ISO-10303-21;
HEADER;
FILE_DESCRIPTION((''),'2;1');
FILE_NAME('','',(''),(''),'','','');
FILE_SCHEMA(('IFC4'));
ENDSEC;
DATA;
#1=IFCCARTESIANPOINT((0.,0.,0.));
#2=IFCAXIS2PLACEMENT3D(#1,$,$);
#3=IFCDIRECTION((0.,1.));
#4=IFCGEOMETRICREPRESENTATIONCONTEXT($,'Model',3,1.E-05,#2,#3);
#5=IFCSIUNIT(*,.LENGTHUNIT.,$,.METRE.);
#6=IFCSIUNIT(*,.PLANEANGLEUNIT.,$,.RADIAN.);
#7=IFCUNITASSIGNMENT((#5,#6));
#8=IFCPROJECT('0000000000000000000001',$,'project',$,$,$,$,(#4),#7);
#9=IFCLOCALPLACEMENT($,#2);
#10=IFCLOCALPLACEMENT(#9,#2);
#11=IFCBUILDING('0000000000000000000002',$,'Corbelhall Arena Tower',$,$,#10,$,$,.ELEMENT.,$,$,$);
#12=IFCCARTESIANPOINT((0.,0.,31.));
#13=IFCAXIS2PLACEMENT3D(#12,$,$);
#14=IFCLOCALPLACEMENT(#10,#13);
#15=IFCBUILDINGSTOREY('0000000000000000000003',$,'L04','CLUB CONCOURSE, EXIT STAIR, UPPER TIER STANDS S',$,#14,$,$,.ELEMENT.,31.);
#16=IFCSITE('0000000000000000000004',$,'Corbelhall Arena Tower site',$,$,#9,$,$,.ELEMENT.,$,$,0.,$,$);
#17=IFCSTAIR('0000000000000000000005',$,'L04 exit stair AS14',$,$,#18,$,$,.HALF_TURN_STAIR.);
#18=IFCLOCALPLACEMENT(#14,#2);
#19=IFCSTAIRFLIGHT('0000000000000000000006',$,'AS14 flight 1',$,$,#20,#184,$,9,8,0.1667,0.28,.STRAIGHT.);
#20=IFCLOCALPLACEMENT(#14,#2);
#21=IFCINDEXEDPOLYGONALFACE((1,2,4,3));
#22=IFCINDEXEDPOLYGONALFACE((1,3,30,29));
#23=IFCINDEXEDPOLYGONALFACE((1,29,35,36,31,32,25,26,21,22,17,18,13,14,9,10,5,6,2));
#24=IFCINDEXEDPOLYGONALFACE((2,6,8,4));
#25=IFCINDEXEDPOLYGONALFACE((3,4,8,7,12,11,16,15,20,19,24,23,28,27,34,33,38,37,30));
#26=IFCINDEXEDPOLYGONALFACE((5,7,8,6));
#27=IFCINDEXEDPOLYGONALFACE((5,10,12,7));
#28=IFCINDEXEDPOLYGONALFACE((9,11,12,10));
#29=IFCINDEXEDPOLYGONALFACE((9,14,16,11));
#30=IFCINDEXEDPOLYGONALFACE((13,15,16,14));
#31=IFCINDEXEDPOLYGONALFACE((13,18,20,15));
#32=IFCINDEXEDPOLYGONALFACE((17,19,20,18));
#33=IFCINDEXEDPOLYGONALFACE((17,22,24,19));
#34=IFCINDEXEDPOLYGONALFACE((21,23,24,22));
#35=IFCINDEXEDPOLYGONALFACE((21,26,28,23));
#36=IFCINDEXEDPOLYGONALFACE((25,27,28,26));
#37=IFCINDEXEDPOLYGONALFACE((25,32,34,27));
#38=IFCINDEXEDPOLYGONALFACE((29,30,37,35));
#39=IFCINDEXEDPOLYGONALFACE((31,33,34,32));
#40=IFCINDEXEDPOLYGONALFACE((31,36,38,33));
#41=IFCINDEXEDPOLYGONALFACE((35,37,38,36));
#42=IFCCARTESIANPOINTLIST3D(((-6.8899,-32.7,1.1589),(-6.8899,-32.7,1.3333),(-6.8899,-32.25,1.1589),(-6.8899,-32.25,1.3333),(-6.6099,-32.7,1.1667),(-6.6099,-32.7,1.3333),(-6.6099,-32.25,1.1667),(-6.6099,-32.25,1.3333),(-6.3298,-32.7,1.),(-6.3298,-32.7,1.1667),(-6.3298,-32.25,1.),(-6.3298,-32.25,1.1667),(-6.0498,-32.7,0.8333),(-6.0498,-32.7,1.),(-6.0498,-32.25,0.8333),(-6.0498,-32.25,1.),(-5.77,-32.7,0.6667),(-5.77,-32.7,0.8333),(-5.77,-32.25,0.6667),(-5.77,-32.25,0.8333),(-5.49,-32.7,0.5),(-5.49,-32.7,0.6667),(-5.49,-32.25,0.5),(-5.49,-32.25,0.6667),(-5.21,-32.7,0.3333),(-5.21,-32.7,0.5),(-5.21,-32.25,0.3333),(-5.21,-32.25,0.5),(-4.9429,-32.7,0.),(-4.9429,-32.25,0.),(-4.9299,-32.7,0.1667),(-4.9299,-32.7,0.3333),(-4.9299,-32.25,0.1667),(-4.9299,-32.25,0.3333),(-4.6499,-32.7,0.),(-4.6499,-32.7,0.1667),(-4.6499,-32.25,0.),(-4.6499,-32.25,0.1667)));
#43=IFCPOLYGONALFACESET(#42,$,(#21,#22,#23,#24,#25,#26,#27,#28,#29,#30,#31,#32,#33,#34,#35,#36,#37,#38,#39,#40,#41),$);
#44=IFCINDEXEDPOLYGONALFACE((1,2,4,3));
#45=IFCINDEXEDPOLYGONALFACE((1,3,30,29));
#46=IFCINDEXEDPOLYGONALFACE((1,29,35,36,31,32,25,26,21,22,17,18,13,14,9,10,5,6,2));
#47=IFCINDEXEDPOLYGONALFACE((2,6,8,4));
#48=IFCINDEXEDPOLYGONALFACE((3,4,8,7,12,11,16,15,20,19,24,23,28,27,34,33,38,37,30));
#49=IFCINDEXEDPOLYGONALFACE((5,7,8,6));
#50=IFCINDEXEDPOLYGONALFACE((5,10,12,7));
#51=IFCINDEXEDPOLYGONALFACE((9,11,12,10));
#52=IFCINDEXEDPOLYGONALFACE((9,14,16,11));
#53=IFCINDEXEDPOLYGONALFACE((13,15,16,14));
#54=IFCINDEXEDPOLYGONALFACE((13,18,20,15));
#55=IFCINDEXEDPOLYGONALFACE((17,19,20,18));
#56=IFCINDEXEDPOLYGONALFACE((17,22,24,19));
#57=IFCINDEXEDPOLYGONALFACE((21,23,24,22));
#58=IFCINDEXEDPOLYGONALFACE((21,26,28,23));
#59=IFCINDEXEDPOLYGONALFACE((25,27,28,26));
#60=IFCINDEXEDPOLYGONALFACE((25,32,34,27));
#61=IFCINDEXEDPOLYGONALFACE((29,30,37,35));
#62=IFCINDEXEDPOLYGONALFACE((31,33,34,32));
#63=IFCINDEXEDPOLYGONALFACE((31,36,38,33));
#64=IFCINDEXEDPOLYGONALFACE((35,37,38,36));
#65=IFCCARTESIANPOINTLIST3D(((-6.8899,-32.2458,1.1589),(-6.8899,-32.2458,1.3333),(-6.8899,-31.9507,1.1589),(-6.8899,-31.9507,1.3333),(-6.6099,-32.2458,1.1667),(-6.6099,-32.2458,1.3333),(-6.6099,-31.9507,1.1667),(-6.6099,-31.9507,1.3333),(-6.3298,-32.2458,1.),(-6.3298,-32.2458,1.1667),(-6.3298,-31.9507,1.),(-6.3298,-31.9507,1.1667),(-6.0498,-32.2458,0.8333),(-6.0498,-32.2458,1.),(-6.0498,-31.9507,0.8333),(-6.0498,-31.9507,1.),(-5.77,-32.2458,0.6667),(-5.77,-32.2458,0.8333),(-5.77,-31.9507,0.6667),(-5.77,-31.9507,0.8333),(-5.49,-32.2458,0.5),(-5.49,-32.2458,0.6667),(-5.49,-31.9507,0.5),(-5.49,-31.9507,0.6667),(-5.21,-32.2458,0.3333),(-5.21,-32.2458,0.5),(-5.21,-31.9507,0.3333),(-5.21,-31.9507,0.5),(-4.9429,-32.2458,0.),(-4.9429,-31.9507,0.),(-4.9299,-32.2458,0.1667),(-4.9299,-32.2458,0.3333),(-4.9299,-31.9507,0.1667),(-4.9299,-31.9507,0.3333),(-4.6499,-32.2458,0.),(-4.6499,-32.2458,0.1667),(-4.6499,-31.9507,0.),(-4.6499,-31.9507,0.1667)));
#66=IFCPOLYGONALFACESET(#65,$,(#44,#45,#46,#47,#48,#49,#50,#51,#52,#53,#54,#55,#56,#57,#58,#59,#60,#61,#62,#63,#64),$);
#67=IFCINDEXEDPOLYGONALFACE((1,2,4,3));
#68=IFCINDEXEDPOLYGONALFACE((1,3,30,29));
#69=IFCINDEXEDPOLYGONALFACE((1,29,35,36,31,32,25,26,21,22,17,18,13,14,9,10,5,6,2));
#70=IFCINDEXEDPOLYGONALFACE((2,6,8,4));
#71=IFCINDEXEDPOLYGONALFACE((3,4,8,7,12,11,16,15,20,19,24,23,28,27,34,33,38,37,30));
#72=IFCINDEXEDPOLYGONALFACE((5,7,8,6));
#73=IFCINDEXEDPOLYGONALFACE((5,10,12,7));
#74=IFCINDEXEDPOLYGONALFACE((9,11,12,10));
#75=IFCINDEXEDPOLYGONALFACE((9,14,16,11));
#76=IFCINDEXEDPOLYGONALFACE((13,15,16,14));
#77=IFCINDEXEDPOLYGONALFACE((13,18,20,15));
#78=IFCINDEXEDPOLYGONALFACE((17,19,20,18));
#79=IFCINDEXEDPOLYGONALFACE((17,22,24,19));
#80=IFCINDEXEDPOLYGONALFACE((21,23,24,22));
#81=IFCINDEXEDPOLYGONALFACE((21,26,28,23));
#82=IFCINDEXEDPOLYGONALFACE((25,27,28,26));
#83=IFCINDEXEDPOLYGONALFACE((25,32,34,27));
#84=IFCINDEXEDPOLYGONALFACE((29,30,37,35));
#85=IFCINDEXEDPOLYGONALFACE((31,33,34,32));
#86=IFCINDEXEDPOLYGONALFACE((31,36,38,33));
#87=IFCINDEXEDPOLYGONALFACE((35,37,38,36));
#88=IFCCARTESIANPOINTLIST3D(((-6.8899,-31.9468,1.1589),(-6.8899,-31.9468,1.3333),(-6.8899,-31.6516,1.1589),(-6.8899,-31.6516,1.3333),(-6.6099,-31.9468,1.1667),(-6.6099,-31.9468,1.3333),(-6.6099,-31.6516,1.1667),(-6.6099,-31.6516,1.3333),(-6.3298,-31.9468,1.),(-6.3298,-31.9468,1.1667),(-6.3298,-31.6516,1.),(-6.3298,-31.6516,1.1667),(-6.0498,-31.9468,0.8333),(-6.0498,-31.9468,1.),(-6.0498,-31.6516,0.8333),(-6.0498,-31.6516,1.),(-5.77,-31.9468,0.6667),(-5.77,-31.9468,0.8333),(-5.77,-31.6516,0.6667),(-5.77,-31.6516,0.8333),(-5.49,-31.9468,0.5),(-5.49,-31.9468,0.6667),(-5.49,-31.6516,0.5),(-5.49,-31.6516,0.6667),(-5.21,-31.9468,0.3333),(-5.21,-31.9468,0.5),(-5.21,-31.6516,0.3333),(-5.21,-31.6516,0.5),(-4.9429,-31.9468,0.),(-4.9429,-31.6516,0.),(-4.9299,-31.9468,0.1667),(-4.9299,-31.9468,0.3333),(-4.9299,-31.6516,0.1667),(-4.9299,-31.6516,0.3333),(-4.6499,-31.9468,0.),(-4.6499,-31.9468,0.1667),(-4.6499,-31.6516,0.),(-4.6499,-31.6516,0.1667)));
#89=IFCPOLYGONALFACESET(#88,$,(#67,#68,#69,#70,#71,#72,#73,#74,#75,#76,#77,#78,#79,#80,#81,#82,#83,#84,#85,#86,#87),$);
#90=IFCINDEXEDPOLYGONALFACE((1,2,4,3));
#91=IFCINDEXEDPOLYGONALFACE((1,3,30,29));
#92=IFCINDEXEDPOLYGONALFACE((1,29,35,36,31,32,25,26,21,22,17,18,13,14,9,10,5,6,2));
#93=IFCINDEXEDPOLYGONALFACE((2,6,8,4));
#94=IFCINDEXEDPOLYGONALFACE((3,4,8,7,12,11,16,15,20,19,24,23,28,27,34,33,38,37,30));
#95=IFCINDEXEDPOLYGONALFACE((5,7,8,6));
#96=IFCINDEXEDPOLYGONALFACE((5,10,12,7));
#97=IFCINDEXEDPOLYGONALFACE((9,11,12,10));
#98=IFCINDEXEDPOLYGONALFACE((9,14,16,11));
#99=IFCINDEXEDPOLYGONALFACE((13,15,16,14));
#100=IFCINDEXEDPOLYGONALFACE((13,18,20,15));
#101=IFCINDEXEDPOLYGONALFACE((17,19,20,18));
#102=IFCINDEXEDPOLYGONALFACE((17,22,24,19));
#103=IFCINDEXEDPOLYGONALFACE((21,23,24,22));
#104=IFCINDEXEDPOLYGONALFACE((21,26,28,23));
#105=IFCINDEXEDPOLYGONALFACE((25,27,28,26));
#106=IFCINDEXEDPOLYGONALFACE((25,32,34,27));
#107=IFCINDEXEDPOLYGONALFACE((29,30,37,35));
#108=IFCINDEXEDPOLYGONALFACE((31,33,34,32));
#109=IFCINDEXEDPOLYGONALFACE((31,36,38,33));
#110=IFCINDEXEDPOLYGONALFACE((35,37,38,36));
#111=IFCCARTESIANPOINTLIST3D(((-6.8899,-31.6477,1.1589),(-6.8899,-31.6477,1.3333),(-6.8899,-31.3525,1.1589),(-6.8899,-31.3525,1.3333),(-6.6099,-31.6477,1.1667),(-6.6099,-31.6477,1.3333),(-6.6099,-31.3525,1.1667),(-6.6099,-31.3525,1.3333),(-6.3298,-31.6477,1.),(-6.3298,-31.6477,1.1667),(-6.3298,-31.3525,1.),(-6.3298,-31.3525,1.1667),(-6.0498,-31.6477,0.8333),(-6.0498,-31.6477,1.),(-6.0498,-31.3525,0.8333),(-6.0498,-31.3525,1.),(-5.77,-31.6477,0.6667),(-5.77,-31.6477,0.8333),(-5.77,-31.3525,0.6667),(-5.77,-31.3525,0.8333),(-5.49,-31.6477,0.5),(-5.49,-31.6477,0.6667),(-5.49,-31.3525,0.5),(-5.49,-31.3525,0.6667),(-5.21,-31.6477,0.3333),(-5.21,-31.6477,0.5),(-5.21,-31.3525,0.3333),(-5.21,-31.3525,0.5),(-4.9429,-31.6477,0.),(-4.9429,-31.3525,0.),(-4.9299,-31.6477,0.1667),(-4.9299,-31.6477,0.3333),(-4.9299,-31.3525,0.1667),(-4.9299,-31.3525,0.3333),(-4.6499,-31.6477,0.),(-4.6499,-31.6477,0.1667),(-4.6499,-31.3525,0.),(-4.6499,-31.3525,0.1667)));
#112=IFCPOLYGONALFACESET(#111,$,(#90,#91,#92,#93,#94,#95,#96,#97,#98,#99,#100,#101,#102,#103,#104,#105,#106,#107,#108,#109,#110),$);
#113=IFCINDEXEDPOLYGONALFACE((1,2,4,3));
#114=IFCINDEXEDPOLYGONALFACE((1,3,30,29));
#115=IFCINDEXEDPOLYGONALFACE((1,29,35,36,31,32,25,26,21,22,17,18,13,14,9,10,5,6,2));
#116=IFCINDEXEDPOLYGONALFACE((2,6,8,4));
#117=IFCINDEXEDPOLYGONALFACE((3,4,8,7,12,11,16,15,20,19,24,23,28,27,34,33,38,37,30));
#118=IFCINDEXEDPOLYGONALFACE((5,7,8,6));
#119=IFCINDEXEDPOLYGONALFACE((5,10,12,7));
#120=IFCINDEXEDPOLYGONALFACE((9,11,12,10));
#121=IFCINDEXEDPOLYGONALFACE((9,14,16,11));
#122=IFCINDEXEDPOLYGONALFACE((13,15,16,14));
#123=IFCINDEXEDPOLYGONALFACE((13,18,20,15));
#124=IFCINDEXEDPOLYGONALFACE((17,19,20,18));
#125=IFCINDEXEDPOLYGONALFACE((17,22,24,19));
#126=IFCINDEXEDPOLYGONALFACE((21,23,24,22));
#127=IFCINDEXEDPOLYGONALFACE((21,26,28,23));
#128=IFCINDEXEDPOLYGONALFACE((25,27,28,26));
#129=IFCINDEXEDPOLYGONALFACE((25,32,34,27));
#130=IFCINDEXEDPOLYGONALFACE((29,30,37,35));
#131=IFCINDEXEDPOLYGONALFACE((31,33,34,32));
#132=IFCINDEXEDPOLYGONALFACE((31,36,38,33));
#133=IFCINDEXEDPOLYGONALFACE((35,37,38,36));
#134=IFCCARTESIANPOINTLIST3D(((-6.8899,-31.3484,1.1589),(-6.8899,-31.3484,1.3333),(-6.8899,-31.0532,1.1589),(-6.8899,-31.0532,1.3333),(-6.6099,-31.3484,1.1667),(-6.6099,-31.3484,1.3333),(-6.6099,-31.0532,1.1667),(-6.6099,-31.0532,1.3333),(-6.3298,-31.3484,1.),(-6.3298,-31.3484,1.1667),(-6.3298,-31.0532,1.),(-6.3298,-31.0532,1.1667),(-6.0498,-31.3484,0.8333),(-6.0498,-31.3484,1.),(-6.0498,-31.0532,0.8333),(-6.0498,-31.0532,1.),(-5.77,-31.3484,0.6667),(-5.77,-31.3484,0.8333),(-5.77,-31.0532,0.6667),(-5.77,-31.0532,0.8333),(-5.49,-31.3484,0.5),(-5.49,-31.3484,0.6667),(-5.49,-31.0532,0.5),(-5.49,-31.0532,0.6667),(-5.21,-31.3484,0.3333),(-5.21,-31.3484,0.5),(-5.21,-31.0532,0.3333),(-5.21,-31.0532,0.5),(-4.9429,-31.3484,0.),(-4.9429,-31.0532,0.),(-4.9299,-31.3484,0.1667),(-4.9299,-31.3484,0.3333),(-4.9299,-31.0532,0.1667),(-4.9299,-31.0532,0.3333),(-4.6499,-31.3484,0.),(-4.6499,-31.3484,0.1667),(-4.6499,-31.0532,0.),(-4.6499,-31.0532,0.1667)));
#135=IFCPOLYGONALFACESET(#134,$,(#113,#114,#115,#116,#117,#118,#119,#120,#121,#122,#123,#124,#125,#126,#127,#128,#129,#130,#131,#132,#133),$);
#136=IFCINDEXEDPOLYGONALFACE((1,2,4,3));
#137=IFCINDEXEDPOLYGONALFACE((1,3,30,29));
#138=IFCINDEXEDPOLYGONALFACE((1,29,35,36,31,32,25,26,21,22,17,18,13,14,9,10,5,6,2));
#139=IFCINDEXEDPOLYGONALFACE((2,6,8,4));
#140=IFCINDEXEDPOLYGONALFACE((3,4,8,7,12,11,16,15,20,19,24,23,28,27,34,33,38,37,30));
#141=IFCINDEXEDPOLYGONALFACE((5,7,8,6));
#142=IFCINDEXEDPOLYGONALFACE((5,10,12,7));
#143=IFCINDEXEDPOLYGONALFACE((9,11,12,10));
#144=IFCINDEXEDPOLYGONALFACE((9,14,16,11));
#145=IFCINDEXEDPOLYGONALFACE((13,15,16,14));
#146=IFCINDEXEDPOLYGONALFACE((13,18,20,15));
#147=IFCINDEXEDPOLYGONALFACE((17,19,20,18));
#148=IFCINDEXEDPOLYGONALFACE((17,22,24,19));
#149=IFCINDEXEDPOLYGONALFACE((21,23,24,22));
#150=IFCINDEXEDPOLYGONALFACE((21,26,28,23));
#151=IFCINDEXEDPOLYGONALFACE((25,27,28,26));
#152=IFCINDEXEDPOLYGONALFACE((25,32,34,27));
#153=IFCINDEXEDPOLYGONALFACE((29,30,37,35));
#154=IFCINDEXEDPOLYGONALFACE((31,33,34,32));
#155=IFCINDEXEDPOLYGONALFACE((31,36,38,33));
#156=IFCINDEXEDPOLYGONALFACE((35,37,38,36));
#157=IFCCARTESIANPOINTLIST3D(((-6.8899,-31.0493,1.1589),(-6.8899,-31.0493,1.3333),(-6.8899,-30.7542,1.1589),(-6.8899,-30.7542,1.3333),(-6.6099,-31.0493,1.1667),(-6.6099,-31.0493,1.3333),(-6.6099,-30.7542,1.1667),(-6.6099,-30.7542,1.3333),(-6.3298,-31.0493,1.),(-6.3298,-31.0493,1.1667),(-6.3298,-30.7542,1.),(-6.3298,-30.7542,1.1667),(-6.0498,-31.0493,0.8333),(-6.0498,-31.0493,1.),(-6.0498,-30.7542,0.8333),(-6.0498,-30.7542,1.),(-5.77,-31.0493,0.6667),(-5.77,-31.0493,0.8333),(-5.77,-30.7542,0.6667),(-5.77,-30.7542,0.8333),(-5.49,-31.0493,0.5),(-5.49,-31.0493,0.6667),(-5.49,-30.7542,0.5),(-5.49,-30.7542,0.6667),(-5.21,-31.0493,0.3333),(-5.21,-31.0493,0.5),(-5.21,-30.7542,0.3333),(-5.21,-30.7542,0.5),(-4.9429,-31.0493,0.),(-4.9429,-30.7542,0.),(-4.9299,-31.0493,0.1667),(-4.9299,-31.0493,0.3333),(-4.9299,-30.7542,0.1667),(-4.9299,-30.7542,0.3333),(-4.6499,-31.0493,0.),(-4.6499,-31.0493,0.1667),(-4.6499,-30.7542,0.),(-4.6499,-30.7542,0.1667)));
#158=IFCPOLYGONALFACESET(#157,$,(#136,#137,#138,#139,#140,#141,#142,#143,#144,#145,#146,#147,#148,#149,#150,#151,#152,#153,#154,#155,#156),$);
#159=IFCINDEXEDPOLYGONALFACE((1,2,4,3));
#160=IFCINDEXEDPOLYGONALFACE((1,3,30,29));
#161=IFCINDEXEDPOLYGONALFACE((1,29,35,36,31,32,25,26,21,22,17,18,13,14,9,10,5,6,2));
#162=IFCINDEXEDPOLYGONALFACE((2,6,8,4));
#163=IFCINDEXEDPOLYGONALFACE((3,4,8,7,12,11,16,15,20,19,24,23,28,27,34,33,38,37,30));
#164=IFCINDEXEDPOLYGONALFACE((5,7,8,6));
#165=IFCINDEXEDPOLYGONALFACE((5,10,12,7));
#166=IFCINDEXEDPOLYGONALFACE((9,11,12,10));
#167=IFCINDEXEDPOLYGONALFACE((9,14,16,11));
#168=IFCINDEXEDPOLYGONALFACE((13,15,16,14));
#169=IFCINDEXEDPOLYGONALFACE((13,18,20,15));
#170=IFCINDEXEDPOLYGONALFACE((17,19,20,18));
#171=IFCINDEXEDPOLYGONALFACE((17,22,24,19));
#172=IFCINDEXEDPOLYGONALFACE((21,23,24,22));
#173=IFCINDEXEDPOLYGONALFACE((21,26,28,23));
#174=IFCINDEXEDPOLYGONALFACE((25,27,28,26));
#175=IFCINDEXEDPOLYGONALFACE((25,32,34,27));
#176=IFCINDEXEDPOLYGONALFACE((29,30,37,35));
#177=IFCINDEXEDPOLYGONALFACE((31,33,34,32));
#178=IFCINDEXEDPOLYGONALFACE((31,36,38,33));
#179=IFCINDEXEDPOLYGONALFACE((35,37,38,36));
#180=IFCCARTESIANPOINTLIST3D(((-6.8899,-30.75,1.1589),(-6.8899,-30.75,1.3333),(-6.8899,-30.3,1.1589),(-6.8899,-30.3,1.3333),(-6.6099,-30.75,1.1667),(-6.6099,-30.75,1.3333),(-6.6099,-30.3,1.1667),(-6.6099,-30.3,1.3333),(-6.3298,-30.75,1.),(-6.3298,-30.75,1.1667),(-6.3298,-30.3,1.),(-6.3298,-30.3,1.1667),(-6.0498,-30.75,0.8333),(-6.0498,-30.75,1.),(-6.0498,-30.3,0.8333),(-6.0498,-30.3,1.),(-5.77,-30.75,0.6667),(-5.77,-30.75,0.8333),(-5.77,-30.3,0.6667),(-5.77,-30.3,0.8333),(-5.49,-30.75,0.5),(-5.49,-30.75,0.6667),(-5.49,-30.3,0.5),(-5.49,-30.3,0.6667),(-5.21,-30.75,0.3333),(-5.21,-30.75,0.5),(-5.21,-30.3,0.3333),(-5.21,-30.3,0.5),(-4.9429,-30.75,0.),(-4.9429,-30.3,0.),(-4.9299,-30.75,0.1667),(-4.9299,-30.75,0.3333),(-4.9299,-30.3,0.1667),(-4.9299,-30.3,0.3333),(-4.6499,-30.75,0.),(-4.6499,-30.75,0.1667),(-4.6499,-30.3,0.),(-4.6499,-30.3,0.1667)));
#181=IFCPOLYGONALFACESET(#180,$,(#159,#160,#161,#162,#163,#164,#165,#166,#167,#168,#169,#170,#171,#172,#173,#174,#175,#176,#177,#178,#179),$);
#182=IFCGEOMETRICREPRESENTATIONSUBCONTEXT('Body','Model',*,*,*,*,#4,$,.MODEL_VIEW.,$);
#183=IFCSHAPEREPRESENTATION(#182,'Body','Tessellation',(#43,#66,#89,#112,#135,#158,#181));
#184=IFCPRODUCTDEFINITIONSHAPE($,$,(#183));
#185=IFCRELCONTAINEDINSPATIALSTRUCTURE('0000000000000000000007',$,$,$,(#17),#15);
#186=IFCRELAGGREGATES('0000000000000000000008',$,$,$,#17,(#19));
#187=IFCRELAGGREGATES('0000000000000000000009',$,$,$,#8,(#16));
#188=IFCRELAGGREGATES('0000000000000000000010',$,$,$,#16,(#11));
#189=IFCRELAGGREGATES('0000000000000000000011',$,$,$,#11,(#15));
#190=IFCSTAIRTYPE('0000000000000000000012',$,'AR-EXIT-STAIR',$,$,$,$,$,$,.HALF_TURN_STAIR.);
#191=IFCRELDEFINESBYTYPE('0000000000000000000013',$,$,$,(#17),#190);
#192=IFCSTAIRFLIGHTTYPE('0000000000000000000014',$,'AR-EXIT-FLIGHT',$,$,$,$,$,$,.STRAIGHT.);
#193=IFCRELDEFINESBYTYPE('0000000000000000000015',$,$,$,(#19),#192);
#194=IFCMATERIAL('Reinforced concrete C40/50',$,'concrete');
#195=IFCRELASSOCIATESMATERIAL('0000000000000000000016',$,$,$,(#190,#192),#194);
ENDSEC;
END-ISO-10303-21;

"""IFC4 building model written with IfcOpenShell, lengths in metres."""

from ifc_helpers import new_model, si_unit, direction, frame, origin, place, context, subcontext, project, spatial, polyline, outline, extrude, material, type_object, element, aggregate, save


model = new_model("IFC4")

# Units and contexts
model_context = context("Model", 3, precision=1e-05, world=origin(), true_north=direction((0.0, 1.0)))
body_context = subcontext(model_context, "Body", "Model", "MODEL_VIEW")
ifc_project = project(units=[si_unit("LENGTHUNIT", "METRE"), si_unit("PLANEANGLEUNIT", "RADIAN")], contexts=[model_context])

# Site, building, storey
site_placement = place(None, origin())
site = spatial("IfcSite", under=ifc_project, at=site_placement, Name="Corbelhall Arena Tower site", CompositionType="ELEMENT", RefElevation=0.0)
building_placement = place(site_placement, origin())
building = spatial("IfcBuilding", under=site, at=building_placement, Name="Corbelhall Arena Tower", CompositionType="ELEMENT")
storey_placement = place(building_placement, frame((0.0, 0.0, 31.0)))
storey = spatial("IfcBuildingStorey", under=building, at=storey_placement, Name="L04", Description="CLUB CONCOURSE, EXIT STAIR, UPPER TIER STANDS S", CompositionType="ELEMENT", Elevation=31.0)

# Shared definitions
ifc_material_1 = material(Name="Reinforced concrete C40/50", Category="concrete")

# Shared definitions
stair_type = type_object("IfcStairType", Name="AR-EXIT-STAIR", PredefinedType="HALF_TURN_STAIR", material=ifc_material_1)
stair_flight_type = type_object("IfcStairFlightType", Name="AR-EXIT-FLIGHT", PredefinedType="STRAIGHT", material=ifc_material_1)

# Stair, stair flight
stair_1_placement = place(storey_placement, origin())
stair_1 = element("IfcStair", 1, at=stair_1_placement, inside=storey, type_object=stair_type, Name="L04 exit stair AS14", PredefinedType="HALF_TURN_STAIR")
stair_flight_1_placement = place(storey_placement, frame((-4.6499, -31.5, 0.0), z_axis=(0.0, 0.0, 1.0), x_axis=(-1.0, 0.0, 0.0)))
stair_flight_1 = element("IfcStairFlight", 2, at=stair_flight_1_placement, type_object=stair_flight_type, Name="AS14 flight 1", NumberOfRisers=9, NumberOfTreads=8, PredefinedType="STRAIGHT", RiserHeight=0.1667, TreadLength=0.28, context=body_context, shape_type="SweptSolid", body=[
    extrude(outline(polyline([(0.0, 0.0), (0.0, 0.1667), (0.28, 0.1667), (0.28, 0.3333), (0.5601, 0.3333), (0.5601, 0.5), (0.8401, 0.5), (0.8401, 0.6667), (1.1201, 0.6667), (1.1201, 0.8333), (1.3999, 0.8333), (1.3999, 1.0), (1.6799, 1.0), (1.6799, 1.1667), (1.96, 1.1667), (1.96, 1.3333), (2.24, 1.3333), (2.24, 1.5), (2.24, 1.1589), (0.293, 0.0), (0.0, 0.0)])), frame((0.0, 1.2, 0.0), z_axis=(0.0, -1.0, 0.0), x_axis=(1.0, 0.0, 0.0)), (0.0, 0.0, 1.0), 0.45),
    extrude(outline(polyline([(0.0, 0.0), (0.0, 0.1667), (0.28, 0.1667), (0.28, 0.3333), (0.5601, 0.3333), (0.5601, 0.5), (0.8401, 0.5), (0.8401, 0.6667), (1.1201, 0.6667), (1.1201, 0.8333), (1.3999, 0.8333), (1.3999, 1.0), (1.6799, 1.0), (1.6799, 1.1667), (1.96, 1.1667), (1.96, 1.3333), (2.24, 1.3333), (2.24, 1.5), (2.24, 1.1589), (0.293, 0.0), (0.0, 0.0)])), frame((0.0, 0.7458, 0.0), z_axis=(0.0, -1.0, 0.0), x_axis=(1.0, 0.0, 0.0)), (0.0, 0.0, 1.0), 0.2952),
    extrude(outline(polyline([(0.0, 0.0), (0.0, 0.1667), (0.28, 0.1667), (0.28, 0.3333), (0.5601, 0.3333), (0.5601, 0.5), (0.8401, 0.5), (0.8401, 0.6667), (1.1201, 0.6667), (1.1201, 0.8333), (1.3999, 0.8333), (1.3999, 1.0), (1.6799, 1.0), (1.6799, 1.1667), (1.96, 1.1667), (1.96, 1.3333), (2.24, 1.3333), (2.24, 1.5), (2.24, 1.1589), (0.293, 0.0), (0.0, 0.0)])), frame((0.0, 0.4468, 0.0), z_axis=(0.0, -1.0, 0.0), x_axis=(1.0, 0.0, 0.0)), (0.0, 0.0, 1.0), 0.2952),
    extrude(outline(polyline([(0.0, 0.0), (0.0, 0.1667), (0.28, 0.1667), (0.28, 0.3333), (0.5601, 0.3333), (0.5601, 0.5), (0.8401, 0.5), (0.8401, 0.6667), (1.1201, 0.6667), (1.1201, 0.8333), (1.3999, 0.8333), (1.3999, 1.0), (1.6799, 1.0), (1.6799, 1.1667), (1.96, 1.1667), (1.96, 1.3333), (2.24, 1.3333), (2.24, 1.5), (2.24, 1.1589), (0.293, 0.0), (0.0, 0.0)])), frame((0.0, 0.1477, 0.0), z_axis=(0.0, -1.0, 0.0), x_axis=(1.0, 0.0, 0.0)), (0.0, 0.0, 1.0), 0.2952),
    extrude(outline(polyline([(0.0, 0.0), (0.0, 0.1667), (0.28, 0.1667), (0.28, 0.3333), (0.5601, 0.3333), (0.5601, 0.5), (0.8401, 0.5), (0.8401, 0.6667), (1.1201, 0.6667), (1.1201, 0.8333), (1.3999, 0.8333), (1.3999, 1.0), (1.6799, 1.0), (1.6799, 1.1667), (1.96, 1.1667), (1.96, 1.3333), (2.24, 1.3333), (2.24, 1.5), (2.24, 1.1589), (0.293, 0.0), (0.0, 0.0)])), frame((0.0, -0.1516, 0.0), z_axis=(0.0, -1.0, 0.0), x_axis=(1.0, 0.0, 0.0)), (0.0, 0.0, 1.0), 0.2952),
    extrude(outline(polyline([(0.0, 0.0), (0.0, 0.1667), (0.28, 0.1667), (0.28, 0.3333), (0.5601, 0.3333), (0.5601, 0.5), (0.8401, 0.5), (0.8401, 0.6667), (1.1201, 0.6667), (1.1201, 0.8333), (1.3999, 0.8333), (1.3999, 1.0), (1.6799, 1.0), (1.6799, 1.1667), (1.96, 1.1667), (1.96, 1.3333), (2.24, 1.3333), (2.24, 1.5), (2.24, 1.1589), (0.293, 0.0), (0.0, 0.0)])), frame((0.0, -0.4507, 0.0), z_axis=(0.0, -1.0, 0.0), x_axis=(1.0, 0.0, 0.0)), (0.0, 0.0, 1.0), 0.2952),
    extrude(outline(polyline([(0.0, 0.0), (0.0, 0.1667), (0.28, 0.1667), (0.28, 0.3333), (0.5601, 0.3333), (0.5601, 0.5), (0.8401, 0.5), (0.8401, 0.6667), (1.1201, 0.6667), (1.1201, 0.8333), (1.3999, 0.8333), (1.3999, 1.0), (1.6799, 1.0), (1.6799, 1.1667), (1.96, 1.1667), (1.96, 1.3333), (2.24, 1.3333), (2.24, 1.5), (2.24, 1.1589), (0.293, 0.0), (0.0, 0.0)])), frame((0.0, -0.75, 0.0), z_axis=(0.0, -1.0, 0.0), x_axis=(1.0, 0.0, 0.0)), (0.0, 0.0, 1.0), 0.45),
])
aggregate(stair_1, [stair_flight_1])

save(model, "model.ifc")
